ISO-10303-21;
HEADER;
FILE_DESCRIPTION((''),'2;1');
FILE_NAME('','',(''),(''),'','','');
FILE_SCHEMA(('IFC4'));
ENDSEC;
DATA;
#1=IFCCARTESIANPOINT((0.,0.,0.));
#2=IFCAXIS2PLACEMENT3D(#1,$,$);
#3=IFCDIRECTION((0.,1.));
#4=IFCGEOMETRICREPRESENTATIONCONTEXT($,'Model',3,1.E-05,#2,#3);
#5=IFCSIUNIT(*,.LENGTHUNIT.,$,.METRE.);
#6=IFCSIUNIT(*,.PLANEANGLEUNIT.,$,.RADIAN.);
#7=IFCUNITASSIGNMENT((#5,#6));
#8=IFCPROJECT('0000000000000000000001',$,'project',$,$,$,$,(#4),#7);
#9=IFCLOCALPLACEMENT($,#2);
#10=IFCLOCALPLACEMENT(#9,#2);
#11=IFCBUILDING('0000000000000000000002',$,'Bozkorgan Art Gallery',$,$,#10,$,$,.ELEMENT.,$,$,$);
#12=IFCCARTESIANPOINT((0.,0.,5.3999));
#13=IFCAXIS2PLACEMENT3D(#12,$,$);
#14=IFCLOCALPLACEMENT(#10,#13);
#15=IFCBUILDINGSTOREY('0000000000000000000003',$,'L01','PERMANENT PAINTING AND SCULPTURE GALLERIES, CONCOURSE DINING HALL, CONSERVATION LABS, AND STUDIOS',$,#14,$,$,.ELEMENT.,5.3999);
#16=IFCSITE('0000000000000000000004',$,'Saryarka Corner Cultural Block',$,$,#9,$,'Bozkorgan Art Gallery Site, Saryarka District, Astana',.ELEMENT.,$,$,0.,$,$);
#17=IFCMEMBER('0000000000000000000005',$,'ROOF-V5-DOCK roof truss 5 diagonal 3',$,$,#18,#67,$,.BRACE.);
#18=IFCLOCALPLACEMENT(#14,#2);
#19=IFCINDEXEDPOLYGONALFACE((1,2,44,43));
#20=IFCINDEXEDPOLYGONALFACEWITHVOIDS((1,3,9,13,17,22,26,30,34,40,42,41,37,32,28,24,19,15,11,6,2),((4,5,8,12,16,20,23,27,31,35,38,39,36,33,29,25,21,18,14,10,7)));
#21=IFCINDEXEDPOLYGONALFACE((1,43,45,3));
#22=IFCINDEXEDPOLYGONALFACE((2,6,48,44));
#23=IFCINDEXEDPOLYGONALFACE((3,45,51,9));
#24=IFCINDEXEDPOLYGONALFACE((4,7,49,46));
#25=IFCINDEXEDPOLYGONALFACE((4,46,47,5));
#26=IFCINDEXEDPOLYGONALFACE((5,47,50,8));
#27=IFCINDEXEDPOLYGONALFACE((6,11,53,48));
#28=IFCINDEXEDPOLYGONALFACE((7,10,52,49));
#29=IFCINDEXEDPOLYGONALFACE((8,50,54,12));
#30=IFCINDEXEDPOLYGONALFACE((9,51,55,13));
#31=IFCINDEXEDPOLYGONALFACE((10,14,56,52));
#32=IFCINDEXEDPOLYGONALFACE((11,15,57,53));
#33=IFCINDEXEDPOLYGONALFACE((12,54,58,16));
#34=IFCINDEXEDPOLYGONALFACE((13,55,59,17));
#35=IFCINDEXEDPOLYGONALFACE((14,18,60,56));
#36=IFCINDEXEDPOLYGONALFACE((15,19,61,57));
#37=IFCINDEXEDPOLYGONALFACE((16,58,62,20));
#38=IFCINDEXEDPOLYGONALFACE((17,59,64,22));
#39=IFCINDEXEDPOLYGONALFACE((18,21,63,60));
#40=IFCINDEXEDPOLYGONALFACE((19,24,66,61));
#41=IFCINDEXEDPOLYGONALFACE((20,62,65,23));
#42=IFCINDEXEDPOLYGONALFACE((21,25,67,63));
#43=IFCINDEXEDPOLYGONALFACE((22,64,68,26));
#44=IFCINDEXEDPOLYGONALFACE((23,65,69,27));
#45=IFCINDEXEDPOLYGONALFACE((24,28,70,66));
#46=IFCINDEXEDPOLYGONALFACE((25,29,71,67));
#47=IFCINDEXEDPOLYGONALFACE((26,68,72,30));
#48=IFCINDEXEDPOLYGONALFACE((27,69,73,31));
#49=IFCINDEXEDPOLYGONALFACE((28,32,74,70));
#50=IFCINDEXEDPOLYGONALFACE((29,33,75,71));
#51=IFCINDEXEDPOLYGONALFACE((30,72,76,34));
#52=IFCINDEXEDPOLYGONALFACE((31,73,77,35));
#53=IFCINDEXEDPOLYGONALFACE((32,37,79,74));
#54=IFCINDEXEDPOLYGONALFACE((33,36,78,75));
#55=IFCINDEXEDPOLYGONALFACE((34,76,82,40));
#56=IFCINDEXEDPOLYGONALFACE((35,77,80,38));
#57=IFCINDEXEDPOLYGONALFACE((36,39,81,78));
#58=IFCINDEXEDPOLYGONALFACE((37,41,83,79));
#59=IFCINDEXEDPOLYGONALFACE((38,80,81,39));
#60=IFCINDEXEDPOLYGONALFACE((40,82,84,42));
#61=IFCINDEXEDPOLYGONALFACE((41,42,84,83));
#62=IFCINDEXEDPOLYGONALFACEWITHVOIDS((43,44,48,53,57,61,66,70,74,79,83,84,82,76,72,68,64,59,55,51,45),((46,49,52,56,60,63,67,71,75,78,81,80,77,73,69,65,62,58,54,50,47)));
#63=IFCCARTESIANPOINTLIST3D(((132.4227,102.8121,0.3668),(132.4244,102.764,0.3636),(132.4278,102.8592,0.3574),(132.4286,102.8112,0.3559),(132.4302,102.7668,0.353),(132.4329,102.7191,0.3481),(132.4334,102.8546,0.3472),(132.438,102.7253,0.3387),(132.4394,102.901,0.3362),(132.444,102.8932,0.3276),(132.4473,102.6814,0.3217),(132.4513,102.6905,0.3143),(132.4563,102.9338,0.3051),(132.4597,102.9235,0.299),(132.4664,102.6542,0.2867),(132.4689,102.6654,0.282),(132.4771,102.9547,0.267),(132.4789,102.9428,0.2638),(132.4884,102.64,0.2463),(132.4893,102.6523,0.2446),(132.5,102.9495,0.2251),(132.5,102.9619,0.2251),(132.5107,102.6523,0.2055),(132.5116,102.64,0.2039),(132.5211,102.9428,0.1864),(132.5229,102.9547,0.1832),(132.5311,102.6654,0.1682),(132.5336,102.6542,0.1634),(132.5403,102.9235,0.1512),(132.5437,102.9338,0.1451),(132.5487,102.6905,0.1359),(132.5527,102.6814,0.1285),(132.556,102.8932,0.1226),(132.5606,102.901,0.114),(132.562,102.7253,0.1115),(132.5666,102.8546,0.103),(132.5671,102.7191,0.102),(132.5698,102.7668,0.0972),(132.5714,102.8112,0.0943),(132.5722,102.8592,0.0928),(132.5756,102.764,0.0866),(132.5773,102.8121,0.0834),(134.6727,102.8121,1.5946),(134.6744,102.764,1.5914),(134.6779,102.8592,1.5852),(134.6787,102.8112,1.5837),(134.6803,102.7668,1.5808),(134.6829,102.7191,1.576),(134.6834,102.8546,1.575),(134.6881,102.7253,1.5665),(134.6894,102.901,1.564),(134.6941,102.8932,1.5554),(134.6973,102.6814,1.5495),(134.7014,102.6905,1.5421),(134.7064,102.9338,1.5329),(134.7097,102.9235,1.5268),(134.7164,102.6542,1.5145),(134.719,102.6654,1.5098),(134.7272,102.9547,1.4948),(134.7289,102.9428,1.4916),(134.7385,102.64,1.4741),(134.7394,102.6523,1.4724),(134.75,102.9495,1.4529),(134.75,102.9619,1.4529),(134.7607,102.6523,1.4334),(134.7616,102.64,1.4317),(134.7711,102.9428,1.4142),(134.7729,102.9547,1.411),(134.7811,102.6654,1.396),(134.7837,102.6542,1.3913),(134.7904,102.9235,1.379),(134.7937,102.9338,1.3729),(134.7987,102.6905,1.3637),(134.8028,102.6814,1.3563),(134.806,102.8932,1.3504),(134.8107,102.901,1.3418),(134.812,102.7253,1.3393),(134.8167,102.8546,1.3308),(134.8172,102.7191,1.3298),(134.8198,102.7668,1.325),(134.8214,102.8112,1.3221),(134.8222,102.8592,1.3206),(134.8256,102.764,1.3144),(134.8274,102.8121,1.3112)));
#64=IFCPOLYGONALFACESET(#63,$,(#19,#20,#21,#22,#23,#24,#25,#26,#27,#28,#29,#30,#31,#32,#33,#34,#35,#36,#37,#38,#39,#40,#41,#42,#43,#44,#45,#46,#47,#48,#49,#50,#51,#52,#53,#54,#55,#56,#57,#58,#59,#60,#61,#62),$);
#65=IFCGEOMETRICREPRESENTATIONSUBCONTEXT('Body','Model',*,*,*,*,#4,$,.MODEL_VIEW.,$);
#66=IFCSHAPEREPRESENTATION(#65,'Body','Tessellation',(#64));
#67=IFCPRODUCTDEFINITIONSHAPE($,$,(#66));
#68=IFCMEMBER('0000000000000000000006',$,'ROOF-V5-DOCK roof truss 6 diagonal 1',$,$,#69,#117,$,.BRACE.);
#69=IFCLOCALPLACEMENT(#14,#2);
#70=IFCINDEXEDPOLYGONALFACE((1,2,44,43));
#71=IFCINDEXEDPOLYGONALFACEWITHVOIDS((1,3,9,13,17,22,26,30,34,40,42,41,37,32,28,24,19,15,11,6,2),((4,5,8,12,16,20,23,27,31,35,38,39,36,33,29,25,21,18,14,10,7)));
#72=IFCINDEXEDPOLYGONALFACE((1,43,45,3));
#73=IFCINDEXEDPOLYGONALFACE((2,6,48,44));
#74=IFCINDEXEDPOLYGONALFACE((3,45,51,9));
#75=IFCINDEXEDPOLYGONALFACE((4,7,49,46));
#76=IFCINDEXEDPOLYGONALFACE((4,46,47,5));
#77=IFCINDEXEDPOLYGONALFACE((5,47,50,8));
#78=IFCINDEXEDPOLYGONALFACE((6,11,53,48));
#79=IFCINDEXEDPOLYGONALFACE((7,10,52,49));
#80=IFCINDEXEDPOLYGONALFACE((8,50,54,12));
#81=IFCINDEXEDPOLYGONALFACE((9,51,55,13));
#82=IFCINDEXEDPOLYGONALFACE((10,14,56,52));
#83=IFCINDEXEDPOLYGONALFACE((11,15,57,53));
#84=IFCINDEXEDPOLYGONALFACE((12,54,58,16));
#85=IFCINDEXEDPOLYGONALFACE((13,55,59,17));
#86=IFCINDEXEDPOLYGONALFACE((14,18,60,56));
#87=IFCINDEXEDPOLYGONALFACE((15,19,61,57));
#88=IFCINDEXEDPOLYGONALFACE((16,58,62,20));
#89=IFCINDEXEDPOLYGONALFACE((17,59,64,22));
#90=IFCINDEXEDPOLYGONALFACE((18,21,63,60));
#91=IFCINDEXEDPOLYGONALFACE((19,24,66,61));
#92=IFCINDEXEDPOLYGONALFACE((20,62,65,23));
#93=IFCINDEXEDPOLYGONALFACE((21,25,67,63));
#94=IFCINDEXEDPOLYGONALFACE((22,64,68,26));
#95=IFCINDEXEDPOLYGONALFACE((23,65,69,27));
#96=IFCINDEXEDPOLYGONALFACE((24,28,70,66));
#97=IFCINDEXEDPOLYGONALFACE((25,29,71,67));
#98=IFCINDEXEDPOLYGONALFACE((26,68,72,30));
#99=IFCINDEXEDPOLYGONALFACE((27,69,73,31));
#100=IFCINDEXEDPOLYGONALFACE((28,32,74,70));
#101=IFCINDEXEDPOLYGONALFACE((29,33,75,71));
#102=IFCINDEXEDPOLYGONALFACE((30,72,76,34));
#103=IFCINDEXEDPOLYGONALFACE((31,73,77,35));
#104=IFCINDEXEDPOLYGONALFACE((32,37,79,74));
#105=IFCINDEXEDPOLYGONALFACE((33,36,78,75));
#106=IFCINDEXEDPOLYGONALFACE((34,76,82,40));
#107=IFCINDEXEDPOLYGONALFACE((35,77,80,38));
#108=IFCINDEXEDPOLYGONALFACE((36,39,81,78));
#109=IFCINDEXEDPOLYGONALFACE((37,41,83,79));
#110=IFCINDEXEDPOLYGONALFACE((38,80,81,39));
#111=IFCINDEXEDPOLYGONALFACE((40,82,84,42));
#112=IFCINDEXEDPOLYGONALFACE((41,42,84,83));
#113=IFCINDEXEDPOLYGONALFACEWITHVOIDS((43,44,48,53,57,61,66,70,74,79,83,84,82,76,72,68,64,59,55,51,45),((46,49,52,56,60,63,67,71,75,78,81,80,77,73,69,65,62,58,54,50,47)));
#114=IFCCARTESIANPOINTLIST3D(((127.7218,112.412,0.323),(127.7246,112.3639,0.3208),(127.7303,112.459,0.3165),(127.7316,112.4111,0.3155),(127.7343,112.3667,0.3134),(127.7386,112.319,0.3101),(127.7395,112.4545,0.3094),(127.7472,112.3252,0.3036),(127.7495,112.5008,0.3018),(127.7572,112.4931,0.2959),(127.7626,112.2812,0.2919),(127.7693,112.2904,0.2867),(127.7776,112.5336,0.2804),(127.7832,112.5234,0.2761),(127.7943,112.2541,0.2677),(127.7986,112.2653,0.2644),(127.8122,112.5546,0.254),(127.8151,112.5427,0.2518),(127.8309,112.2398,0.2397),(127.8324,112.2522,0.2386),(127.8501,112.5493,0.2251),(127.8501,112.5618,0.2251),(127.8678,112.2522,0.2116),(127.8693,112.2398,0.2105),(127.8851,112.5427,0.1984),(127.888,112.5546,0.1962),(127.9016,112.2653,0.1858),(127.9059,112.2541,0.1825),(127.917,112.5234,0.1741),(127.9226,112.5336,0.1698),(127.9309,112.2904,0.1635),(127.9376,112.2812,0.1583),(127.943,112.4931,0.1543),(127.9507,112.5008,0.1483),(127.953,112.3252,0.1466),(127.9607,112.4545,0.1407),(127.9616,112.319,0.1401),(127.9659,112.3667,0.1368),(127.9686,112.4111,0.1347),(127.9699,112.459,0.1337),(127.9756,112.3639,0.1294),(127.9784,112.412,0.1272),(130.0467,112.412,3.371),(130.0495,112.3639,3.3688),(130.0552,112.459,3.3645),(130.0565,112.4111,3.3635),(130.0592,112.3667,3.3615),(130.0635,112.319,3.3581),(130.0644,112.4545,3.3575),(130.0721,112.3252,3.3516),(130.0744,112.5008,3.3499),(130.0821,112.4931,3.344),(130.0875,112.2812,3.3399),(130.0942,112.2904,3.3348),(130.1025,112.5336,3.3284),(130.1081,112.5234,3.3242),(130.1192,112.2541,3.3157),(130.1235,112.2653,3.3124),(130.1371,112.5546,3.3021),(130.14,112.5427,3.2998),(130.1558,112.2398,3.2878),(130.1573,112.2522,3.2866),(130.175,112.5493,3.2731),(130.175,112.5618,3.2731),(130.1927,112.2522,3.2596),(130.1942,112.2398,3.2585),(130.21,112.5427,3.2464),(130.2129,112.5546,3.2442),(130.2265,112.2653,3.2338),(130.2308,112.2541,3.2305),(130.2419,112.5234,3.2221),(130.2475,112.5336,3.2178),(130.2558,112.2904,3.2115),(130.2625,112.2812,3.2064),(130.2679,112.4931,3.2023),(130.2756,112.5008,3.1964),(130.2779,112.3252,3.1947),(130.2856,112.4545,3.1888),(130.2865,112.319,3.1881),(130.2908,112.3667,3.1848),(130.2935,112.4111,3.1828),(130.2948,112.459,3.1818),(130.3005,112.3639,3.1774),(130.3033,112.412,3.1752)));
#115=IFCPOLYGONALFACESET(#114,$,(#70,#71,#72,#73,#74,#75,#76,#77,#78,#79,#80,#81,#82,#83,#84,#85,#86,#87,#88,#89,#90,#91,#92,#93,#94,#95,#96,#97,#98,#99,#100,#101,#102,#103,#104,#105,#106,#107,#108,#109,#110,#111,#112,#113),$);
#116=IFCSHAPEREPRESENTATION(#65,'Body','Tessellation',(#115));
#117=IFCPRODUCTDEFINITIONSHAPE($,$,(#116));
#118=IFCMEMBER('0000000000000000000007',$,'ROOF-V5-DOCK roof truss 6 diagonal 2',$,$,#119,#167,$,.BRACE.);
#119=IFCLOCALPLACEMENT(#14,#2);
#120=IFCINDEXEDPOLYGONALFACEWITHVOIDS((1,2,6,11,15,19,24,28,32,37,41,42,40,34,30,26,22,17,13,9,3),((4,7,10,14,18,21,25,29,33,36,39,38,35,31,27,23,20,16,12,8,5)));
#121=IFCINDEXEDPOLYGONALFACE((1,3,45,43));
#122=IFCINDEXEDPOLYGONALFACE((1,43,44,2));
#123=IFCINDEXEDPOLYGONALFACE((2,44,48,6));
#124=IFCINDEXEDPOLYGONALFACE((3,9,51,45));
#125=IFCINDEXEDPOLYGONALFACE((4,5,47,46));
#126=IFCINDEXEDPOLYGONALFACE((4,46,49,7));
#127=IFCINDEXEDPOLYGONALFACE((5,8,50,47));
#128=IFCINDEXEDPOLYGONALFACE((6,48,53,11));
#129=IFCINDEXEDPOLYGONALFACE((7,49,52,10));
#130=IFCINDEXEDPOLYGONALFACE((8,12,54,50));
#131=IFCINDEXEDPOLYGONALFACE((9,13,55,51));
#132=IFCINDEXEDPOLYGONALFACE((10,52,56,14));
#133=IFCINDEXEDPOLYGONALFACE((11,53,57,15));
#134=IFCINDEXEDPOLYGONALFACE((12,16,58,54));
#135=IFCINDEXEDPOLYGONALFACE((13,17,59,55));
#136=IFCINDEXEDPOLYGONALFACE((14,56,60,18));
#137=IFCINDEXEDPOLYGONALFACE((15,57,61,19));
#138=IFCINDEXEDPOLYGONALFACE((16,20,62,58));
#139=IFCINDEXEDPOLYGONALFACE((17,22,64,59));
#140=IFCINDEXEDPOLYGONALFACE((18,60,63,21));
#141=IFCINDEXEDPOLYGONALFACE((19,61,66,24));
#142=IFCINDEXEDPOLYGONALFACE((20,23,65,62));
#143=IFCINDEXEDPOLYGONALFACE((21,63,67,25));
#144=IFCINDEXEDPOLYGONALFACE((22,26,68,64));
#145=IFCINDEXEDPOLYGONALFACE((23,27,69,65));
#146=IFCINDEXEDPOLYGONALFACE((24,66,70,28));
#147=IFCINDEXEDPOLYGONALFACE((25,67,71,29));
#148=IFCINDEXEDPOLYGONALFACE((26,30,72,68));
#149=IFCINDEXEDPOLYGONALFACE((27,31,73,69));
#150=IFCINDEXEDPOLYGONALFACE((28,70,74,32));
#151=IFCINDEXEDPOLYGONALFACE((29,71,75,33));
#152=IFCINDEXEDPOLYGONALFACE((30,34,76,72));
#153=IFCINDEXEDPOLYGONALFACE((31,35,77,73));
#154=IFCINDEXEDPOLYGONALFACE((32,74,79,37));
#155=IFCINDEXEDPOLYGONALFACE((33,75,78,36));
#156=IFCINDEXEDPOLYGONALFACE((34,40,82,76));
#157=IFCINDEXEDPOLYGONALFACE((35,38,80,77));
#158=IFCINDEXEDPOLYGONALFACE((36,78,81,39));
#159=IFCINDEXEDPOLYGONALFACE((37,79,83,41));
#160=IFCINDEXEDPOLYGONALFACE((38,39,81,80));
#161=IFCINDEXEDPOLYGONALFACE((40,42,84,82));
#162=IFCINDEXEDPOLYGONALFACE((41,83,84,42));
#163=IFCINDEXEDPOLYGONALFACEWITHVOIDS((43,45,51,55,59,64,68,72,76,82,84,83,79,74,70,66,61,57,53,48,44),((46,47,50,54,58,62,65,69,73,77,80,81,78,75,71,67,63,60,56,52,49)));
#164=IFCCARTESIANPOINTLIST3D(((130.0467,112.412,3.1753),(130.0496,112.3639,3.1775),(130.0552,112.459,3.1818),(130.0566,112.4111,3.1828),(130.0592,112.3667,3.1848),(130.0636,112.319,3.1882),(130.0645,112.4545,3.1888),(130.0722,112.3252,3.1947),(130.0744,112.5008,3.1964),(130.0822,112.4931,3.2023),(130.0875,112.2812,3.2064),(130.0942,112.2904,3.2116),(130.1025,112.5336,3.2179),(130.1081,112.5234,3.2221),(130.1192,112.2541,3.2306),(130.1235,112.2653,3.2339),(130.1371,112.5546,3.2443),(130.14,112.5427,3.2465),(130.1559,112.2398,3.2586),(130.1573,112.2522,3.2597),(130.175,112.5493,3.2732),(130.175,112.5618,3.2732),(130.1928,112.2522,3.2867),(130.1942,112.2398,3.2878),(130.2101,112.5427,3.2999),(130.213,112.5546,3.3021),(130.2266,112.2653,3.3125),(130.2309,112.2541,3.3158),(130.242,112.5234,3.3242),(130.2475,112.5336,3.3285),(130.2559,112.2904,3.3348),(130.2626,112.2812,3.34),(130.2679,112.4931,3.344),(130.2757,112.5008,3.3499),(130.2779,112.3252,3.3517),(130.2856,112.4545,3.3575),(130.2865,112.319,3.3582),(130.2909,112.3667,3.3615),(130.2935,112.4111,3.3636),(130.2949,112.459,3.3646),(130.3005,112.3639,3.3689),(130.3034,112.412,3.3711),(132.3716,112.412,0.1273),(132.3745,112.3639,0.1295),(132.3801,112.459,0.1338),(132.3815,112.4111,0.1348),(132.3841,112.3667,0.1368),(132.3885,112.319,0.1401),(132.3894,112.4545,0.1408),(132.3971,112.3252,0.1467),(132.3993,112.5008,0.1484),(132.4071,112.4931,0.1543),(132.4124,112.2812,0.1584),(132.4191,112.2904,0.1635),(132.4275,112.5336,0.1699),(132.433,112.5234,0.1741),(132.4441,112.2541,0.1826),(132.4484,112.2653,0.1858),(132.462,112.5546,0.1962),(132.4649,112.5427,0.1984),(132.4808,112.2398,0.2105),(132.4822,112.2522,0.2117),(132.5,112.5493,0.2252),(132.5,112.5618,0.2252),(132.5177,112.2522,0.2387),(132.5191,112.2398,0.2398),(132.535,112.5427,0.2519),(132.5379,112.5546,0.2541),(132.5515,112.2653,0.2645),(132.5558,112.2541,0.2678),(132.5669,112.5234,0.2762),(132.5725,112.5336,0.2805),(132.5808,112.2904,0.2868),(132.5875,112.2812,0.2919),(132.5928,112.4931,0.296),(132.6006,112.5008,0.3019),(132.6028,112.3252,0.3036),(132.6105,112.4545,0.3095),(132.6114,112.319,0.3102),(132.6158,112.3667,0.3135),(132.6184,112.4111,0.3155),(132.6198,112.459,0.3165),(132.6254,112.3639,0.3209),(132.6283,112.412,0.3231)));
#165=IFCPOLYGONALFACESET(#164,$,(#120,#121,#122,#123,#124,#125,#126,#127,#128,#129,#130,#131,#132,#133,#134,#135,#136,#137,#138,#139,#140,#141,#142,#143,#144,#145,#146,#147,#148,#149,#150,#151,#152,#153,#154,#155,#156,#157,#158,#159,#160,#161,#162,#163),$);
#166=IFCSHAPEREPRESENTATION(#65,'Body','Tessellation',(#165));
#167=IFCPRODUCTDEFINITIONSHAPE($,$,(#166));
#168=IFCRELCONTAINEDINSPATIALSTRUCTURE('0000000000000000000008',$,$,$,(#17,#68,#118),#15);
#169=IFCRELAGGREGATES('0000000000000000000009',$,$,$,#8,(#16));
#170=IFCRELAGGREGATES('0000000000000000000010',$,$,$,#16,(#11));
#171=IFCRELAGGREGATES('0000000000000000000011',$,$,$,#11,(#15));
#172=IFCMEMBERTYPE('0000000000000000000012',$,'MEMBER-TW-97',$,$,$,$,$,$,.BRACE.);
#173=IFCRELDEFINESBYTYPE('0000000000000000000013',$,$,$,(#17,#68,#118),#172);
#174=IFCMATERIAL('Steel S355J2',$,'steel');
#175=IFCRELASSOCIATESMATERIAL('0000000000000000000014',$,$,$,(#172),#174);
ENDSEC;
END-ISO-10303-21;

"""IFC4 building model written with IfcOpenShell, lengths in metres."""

from ifc_helpers import new_model, si_unit, direction, frame, origin, origin_2d, place, context, subcontext, project, spatial, hollow_circle, extrude, material, material_profile, profile_set, type_object, element, save


model = new_model("IFC4")

# Units and contexts
model_context = context("Model", 3, precision=1e-05, world=origin(), true_north=direction((0.0, 1.0)))
body_context = subcontext(model_context, "Body", "Model", "MODEL_VIEW")
ifc_project = project(units=[si_unit("LENGTHUNIT", "METRE"), si_unit("PLANEANGLEUNIT", "RADIAN")], contexts=[model_context])

# Site, building, storey
site_placement = place(None, origin())
site = spatial("IfcSite", under=ifc_project, at=site_placement, Name="Saryarka Corner Cultural Block", LongName="Bozkorgan Art Gallery Site, Saryarka District, Astana", CompositionType="ELEMENT", RefElevation=0.0)
building_placement = place(site_placement, origin())
building = spatial("IfcBuilding", under=site, at=building_placement, Name="Bozkorgan Art Gallery", CompositionType="ELEMENT")
storey_placement = place(building_placement, frame((0.0, 0.0, 5.3999)))
storey = spatial("IfcBuildingStorey", under=building, at=storey_placement, Name="L01", Description="PERMANENT PAINTING AND SCULPTURE GALLERIES, CONCOURSE DINING HALL, CONSERVATION LABS, AND STUDIOS", CompositionType="ELEMENT", Elevation=5.3999)

# Members
ifc_material_1 = material(Name="Steel S355J2", Category="steel")
ifc_material_profile_1 = material_profile(ifc_material_1, hollow_circle(Radius=0.1619, WallThickness=0.0125, at=origin_2d()), Name="CHS 323.9x12.5")
ifc_profile_set_1 = profile_set([ifc_material_profile_1], Name="Steel S355J2")
member_type_1 = type_object("IfcMemberType", Name="MEMBER-TW-97", PredefinedType="BRACE", material=ifc_profile_set_1)
member_1_placement = place(storey_placement, frame((132.5, 102.8, 0.2251), z_axis=(0.877812, 0.0, 0.479006), x_axis=(0.0, 1.0, 0.0)))
element("IfcMember", 1, at=member_1_placement, inside=storey, type_object=member_type_1, Name="ROOF-V5-DOCK roof truss 5 diagonal 3", PredefinedType="BRACE", context=body_context, shape_type="SweptSolid", body=[
    extrude(hollow_circle(Radius=0.1619, WallThickness=0.0125, at=origin_2d()), origin(), (0.0, 0.0, 1.0), 2.5632),
])
for number, where, z_axis, x_axis, name in (
    (2, (127.8501, 112.3999, 0.2251), (0.606471, 0.0, 0.795106), (0.0, 1.0, 0.0), "ROOF-V5-DOCK roof truss 6 diagonal 1"),
    (3, (130.175, 112.3999, 3.2732), (0.606471, 0.0, -0.795106), (0.0, 1.0, 0.0), "ROOF-V5-DOCK roof truss 6 diagonal 2"),
):
    element("IfcMember", number, at=place(storey_placement, frame(where, z_axis=z_axis, x_axis=x_axis)), inside=storey, type_object=member_type_1, Name=name, PredefinedType="BRACE", context=body_context, shape_type="SweptSolid", body=[
        extrude(hollow_circle(Radius=0.1619, WallThickness=0.0125, at=origin_2d()), origin(), (0.0, 0.0, 1.0), 3.8335),
    ])

save(model, "model.ifc")
